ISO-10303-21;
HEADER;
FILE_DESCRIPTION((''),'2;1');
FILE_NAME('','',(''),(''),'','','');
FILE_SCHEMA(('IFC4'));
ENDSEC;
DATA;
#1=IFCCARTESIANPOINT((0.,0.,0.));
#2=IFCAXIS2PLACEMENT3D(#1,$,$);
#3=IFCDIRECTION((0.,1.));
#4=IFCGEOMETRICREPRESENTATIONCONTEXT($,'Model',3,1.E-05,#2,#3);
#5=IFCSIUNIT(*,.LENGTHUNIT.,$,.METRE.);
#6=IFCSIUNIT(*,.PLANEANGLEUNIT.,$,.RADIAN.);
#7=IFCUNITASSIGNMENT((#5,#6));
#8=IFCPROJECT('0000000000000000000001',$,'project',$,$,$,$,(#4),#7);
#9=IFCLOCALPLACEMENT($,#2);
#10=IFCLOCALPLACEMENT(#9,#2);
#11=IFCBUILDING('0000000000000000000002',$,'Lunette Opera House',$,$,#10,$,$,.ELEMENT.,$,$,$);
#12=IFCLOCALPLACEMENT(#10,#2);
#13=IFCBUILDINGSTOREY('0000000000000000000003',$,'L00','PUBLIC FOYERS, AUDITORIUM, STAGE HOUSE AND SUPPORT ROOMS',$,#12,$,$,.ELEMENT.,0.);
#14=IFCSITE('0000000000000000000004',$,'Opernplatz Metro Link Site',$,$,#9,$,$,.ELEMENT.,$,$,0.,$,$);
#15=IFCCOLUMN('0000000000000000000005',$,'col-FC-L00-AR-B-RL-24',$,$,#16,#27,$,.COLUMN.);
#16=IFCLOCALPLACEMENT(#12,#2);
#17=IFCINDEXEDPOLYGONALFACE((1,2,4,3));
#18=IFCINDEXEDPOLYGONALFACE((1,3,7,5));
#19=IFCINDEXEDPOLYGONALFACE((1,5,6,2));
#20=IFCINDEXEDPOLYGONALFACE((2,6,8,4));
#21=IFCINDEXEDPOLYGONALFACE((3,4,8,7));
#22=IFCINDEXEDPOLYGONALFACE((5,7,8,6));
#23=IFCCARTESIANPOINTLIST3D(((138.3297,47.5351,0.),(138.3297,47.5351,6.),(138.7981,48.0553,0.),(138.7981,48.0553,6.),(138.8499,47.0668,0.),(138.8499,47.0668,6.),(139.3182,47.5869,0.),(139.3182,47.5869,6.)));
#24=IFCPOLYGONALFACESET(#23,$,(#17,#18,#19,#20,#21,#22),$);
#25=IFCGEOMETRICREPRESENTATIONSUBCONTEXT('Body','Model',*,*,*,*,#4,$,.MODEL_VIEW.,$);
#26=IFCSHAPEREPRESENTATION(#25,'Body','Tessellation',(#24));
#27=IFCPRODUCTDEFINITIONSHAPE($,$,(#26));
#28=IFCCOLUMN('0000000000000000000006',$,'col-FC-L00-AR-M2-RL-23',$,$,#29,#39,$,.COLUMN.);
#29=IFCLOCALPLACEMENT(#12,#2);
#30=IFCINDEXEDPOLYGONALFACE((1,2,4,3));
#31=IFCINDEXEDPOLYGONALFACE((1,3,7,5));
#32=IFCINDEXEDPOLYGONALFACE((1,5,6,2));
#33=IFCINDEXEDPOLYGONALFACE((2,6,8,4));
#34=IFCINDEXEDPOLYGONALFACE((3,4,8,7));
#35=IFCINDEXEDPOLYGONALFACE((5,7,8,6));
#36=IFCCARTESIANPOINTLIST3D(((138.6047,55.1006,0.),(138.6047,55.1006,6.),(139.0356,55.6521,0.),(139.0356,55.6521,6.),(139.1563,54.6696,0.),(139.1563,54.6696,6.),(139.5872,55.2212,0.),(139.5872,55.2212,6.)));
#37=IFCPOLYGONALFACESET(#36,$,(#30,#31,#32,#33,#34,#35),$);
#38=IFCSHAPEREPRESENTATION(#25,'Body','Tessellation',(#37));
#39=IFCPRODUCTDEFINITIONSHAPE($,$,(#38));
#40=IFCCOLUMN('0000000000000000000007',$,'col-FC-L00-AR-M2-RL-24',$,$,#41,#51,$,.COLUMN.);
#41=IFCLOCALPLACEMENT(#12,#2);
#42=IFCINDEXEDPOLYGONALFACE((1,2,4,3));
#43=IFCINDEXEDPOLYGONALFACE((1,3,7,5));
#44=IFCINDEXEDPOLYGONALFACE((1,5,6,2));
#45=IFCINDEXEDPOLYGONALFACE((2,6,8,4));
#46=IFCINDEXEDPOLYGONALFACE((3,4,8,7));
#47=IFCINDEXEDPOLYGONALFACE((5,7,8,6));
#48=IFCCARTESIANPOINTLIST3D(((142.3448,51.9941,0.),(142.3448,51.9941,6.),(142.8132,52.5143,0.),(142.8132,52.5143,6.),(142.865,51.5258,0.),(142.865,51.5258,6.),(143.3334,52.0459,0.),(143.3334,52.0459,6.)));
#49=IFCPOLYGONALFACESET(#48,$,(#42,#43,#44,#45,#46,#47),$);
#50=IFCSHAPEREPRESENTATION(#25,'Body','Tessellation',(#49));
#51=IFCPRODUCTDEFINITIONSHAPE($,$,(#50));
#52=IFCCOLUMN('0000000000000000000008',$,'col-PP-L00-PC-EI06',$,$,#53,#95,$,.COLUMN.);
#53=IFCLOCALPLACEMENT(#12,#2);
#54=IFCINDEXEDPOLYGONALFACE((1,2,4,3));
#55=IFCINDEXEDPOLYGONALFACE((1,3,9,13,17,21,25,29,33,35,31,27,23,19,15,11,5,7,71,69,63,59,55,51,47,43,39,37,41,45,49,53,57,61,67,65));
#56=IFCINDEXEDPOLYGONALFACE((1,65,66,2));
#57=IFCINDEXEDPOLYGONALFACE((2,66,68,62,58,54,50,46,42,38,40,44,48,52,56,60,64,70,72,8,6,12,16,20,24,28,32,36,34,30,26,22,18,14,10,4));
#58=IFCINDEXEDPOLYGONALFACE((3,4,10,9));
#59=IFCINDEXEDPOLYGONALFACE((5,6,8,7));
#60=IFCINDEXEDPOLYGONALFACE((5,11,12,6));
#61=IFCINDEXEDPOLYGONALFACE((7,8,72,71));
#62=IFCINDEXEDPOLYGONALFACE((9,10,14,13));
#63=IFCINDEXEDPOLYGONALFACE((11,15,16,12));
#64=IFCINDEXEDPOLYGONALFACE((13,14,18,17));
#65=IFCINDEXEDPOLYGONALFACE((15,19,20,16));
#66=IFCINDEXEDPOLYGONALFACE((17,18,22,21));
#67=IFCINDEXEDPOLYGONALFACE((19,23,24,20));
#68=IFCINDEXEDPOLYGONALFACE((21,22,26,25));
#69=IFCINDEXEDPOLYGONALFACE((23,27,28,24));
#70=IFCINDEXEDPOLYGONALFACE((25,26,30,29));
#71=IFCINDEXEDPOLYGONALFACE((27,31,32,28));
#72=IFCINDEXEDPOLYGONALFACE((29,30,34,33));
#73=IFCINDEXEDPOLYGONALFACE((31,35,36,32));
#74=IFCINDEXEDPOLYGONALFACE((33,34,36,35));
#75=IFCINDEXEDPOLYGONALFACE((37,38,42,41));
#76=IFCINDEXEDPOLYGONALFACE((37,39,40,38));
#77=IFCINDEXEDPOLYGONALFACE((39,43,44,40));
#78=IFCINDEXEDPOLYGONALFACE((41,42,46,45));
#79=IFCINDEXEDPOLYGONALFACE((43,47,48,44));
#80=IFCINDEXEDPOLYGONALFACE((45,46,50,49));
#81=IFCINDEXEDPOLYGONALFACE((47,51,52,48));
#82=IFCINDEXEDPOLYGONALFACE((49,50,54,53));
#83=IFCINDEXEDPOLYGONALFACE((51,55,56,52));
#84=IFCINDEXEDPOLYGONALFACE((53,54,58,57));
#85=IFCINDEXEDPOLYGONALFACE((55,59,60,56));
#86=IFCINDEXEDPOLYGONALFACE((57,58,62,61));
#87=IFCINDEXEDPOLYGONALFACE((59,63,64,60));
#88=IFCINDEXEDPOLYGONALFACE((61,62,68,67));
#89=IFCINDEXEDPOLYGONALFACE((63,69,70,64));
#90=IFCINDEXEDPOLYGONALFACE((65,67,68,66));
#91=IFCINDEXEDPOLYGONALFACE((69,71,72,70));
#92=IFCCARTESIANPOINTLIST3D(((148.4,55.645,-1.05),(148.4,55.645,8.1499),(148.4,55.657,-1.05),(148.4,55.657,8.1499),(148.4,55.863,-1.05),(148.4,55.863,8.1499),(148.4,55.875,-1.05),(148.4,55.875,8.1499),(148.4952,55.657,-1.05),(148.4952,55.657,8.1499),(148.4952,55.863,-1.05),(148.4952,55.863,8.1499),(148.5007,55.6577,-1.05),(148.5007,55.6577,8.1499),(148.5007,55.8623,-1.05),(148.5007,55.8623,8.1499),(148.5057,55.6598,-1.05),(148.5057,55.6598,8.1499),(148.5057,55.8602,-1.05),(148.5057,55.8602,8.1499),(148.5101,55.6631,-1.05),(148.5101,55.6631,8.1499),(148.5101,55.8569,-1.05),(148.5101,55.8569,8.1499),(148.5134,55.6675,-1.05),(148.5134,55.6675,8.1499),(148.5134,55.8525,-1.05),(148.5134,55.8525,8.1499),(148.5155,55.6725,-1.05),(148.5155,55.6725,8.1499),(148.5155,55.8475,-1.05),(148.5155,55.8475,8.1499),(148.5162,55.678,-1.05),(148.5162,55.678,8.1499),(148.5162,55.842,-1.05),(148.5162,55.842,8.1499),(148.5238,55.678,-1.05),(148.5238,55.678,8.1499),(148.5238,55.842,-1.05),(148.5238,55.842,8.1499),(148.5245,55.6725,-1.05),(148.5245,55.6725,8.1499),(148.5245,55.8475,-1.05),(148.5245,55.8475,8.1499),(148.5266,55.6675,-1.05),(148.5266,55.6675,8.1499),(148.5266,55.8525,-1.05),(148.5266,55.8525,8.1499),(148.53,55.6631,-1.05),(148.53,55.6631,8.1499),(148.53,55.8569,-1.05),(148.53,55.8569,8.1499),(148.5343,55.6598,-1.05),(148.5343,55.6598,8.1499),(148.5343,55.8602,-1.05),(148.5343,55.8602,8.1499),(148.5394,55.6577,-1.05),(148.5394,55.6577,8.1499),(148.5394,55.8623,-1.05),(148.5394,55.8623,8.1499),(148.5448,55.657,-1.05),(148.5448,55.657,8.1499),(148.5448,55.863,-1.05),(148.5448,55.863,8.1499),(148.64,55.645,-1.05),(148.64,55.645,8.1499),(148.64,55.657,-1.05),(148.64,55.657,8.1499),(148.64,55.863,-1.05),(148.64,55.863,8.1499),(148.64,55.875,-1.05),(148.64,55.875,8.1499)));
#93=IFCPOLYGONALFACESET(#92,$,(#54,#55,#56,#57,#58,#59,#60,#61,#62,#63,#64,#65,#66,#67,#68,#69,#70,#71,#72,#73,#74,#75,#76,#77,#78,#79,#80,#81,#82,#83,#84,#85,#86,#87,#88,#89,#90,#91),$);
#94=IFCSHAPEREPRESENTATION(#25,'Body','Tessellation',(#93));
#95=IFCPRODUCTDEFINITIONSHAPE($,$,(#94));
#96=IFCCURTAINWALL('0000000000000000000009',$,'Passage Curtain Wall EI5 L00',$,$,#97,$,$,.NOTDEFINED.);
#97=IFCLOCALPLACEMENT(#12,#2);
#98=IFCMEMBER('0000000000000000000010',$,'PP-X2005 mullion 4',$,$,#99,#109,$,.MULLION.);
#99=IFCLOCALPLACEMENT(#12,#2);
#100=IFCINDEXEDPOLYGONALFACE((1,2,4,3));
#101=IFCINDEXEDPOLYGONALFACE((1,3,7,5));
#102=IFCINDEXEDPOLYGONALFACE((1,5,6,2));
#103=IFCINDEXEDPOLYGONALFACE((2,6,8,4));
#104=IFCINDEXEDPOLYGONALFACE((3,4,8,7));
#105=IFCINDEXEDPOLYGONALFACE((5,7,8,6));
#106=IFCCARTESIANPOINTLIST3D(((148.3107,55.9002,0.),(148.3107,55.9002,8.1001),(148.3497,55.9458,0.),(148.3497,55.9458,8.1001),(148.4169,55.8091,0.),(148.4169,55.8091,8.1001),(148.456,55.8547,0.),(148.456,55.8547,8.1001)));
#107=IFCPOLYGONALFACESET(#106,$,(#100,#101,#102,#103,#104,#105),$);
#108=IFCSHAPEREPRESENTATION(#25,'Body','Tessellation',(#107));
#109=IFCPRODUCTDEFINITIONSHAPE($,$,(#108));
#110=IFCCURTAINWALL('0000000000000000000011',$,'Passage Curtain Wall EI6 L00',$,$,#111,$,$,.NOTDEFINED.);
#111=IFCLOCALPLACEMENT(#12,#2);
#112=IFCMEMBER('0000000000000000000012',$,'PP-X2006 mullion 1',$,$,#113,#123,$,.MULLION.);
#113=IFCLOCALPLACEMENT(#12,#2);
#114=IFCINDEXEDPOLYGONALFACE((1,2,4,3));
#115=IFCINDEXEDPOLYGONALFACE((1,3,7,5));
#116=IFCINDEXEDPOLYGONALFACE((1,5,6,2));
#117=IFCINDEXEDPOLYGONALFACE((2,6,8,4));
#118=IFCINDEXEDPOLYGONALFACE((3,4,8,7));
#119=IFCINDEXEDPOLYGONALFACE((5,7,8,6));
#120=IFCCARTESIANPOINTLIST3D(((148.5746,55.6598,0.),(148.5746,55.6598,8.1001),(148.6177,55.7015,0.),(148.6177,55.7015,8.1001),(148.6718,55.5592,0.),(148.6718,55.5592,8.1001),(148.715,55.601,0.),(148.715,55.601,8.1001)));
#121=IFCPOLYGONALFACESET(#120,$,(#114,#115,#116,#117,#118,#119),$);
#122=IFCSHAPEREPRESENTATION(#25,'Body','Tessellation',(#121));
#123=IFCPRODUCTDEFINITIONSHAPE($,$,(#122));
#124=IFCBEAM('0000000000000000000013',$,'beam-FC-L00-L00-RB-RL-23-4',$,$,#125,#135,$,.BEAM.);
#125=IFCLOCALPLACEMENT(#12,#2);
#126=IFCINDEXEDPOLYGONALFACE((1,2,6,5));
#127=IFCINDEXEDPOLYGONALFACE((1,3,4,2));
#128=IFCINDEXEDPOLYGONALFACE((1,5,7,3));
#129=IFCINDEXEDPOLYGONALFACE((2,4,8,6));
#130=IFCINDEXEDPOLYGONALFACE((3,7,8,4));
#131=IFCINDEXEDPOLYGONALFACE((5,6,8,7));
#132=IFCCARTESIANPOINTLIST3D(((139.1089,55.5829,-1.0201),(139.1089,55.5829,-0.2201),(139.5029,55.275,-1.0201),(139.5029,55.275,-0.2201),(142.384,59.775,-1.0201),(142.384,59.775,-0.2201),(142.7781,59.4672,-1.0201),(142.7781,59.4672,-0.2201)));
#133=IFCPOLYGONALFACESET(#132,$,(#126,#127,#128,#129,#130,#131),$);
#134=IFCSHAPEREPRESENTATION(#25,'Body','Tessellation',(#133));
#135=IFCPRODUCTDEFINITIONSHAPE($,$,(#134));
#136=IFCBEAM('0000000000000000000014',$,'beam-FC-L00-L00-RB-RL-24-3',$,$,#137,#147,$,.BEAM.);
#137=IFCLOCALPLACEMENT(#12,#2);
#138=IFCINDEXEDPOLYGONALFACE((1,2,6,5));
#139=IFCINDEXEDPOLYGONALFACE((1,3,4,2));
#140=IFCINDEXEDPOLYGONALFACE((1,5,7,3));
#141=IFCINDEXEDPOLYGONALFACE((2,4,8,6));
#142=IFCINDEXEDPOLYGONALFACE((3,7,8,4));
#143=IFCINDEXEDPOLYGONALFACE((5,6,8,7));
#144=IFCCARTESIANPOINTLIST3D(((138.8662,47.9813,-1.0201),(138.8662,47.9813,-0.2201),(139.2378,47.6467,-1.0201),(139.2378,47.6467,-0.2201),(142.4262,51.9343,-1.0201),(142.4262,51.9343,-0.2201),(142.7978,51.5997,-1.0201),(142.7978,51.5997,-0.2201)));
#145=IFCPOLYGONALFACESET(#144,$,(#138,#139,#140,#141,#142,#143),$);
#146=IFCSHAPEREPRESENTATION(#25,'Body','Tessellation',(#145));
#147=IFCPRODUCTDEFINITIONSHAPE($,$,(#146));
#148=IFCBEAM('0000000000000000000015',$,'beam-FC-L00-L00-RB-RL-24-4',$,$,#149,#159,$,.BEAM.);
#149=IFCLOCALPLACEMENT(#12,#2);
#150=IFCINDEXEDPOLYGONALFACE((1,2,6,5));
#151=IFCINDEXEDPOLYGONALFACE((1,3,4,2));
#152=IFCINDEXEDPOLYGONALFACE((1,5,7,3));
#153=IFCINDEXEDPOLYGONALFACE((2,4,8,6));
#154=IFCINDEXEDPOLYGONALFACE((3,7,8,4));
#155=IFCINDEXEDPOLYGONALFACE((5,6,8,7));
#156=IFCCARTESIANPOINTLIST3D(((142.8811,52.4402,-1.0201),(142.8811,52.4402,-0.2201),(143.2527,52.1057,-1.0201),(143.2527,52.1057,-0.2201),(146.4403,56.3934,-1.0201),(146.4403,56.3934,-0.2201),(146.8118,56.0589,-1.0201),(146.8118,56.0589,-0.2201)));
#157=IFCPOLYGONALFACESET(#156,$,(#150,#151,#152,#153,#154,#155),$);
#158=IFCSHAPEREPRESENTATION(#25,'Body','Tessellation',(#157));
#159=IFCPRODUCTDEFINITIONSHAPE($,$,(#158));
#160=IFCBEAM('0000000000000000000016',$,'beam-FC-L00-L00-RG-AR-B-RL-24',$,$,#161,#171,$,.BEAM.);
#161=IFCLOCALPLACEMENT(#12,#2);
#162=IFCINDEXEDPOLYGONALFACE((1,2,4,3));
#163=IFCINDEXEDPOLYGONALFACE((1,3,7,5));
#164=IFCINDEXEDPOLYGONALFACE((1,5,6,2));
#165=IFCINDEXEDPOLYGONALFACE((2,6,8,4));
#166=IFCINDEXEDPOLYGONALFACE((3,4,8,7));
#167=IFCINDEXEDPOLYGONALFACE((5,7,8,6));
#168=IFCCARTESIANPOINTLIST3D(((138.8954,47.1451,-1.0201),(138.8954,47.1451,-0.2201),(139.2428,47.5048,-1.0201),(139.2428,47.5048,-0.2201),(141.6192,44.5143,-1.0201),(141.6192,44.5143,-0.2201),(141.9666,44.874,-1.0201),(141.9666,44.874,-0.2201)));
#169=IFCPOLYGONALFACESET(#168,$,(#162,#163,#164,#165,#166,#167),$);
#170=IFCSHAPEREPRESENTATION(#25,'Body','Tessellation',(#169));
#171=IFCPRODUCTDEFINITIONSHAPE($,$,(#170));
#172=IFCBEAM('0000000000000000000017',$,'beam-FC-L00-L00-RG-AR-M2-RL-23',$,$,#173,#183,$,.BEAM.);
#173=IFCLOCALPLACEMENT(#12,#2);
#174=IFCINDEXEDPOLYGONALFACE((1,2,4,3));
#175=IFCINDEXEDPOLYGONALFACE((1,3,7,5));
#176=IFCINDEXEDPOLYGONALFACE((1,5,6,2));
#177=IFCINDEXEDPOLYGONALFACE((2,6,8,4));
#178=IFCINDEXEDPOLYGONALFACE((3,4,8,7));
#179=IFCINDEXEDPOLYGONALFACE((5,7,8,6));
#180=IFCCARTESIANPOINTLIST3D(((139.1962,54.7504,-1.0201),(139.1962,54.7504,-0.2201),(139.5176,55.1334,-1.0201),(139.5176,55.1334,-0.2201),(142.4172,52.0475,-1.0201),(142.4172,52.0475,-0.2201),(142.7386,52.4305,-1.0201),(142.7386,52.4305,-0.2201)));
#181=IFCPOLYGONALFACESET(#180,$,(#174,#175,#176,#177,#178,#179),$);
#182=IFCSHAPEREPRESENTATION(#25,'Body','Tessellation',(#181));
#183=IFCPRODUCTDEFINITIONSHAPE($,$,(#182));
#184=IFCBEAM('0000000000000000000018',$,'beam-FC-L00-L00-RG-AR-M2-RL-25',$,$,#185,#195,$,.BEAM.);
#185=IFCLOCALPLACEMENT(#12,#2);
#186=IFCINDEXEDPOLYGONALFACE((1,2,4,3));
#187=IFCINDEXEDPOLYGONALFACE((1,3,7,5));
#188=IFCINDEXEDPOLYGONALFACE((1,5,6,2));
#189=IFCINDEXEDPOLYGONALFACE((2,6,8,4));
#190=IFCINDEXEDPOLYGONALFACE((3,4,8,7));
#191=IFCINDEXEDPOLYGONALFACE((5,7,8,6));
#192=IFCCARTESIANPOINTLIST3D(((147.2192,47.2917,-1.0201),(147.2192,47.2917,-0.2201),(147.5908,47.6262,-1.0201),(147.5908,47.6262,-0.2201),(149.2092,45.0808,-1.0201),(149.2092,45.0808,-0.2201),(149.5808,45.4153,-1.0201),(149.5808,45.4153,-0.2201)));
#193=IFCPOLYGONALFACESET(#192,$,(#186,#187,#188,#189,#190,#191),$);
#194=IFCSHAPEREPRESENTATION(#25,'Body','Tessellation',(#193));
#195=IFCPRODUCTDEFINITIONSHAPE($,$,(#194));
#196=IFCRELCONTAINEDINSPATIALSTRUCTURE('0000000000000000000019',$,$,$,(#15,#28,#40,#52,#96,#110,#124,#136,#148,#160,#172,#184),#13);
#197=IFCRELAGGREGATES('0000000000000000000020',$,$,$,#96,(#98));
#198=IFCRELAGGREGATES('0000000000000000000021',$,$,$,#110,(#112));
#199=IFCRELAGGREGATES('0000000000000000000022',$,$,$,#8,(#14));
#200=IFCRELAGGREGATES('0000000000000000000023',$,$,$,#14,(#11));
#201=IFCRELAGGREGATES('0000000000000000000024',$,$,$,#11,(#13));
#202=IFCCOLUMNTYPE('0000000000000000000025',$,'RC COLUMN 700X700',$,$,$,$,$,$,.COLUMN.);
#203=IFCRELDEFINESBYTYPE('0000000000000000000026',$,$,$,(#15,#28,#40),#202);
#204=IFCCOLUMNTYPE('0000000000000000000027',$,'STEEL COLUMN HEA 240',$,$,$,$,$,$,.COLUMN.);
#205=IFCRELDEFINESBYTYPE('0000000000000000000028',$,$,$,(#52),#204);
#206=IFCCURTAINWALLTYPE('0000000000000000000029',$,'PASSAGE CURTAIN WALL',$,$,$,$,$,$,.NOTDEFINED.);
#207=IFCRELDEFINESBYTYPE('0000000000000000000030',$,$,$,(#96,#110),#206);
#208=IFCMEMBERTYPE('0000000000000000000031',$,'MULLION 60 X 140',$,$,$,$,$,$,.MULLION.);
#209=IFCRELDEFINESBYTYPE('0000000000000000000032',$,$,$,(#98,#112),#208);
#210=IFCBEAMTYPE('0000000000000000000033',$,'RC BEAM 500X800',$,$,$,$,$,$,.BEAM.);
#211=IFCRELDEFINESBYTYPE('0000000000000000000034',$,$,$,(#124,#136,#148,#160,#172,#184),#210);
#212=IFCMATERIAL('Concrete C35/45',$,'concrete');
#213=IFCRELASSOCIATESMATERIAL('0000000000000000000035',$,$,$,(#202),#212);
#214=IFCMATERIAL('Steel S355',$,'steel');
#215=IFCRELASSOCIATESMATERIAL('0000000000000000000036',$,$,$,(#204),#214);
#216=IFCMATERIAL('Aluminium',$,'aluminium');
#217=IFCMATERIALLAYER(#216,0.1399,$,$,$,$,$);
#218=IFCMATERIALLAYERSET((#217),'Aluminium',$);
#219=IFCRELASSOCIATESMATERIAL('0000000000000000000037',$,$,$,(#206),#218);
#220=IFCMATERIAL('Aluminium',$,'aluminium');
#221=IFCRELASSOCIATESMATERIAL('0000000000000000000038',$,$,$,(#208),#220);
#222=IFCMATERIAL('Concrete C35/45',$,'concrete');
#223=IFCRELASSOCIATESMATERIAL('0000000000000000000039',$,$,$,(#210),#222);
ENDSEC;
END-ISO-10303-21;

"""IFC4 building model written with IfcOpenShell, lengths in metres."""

from ifc_helpers import new_model, si_unit, direction, frame, origin, origin_2d, place, context, subcontext, project, spatial, rectangle, i_section, extrude, material, layer, layer_set, material_profile, profile_set, type_object, element, aggregate, save


model = new_model("IFC4")

# Units and contexts
model_context = context("Model", 3, precision=1e-05, world=origin(), true_north=direction((0.0, 1.0)))
body_context = subcontext(model_context, "Body", "Model", "MODEL_VIEW")
ifc_project = project(units=[si_unit("LENGTHUNIT", "METRE"), si_unit("PLANEANGLEUNIT", "RADIAN")], contexts=[model_context])

# Site, building, storey
site_placement = place(None, origin())
site = spatial("IfcSite", under=ifc_project, at=site_placement, Name="Opernplatz Metro Link Site", CompositionType="ELEMENT", RefElevation=0.0)
building_placement = place(site_placement, origin())
building = spatial("IfcBuilding", under=site, at=building_placement, Name="Lunette Opera House", CompositionType="ELEMENT")
storey_placement = place(building_placement, origin())
storey = spatial("IfcBuildingStorey", under=building, at=storey_placement, Name="L00", Description="PUBLIC FOYERS, AUDITORIUM, STAGE HOUSE AND SUPPORT ROOMS", CompositionType="ELEMENT", Elevation=0.0)

# Columns
ifc_material_1 = material(Name="Concrete C35/45", Category="concrete")
ifc_material_profile_1 = material_profile(ifc_material_1, rectangle(XDim=0.7, YDim=0.7, at=origin_2d()), Name="RC COLUMN 700X700")
ifc_profile_set_1 = profile_set([ifc_material_profile_1], Name="Concrete C35/45")
column_type_1 = type_object("IfcColumnType", Name="RC COLUMN 700X700", PredefinedType="COLUMN", material=ifc_profile_set_1)
for number, where, z_axis, x_axis, name in (
    (1, (138.824, 47.561, 0.0), (0.0, 0.0, 1.0), (0.743145, -0.669131, 0.0), "col-FC-L00-AR-B-RL-24"),
    (2, (139.0959, 55.1609, 0.0), (0.0, 0.0, 1.0), (0.788011, -0.615661, 0.0), "col-FC-L00-AR-M2-RL-23"),
    (3, (142.8391, 52.02, 0.0), (0.0, 0.0, 1.0), (0.743145, -0.669131, 0.0), "col-FC-L00-AR-M2-RL-24"),
):
    element("IfcColumn", number, at=place(storey_placement, frame(where, z_axis=z_axis, x_axis=x_axis)), inside=storey, type_object=column_type_1, Name=name, PredefinedType="COLUMN", context=body_context, shape_type="SweptSolid", body=[
        extrude(rectangle(XDim=0.7, YDim=0.7, at=origin_2d()), origin(), (0.0, 0.0, 1.0), 6.0),
    ])
ifc_material_2 = material(Name="Steel S355", Category="steel")
ifc_material_profile_2 = material_profile(ifc_material_2, i_section(OverallWidth=0.24, OverallDepth=0.23, WebThickness=0.0076, FlangeThickness=0.012, FilletRadius=0.021, at=origin_2d()), Name="HEA 240")
ifc_profile_set_2 = profile_set([ifc_material_profile_2], Name="Steel S355")
column_type_2 = type_object("IfcColumnType", Name="STEEL COLUMN HEA 240", PredefinedType="COLUMN", material=ifc_profile_set_2)
column_placement = place(storey_placement, frame((148.52, 55.76, -1.05), z_axis=(0.0, 0.0, 1.0), x_axis=(1.0, 0.0, 0.0)))
element("IfcColumn", 4, at=column_placement, inside=storey, type_object=column_type_2, Name="col-PP-L00-PC-EI06", PredefinedType="COLUMN", context=body_context, shape_type="SweptSolid", body=[
    extrude(i_section(OverallWidth=0.24, OverallDepth=0.23, WebThickness=0.0076, FlangeThickness=0.012, FilletRadius=0.021, at=origin_2d()), origin(), (0.0, 0.0, 1.0), 9.2),
])

# Curtain walls, members
ifc_material_3 = material(Name="Aluminium", Category="aluminium")
ifc_layer_1 = layer(ifc_material_3, 0.1399)
ifc_layer_set_1 = layer_set([ifc_layer_1], Name="Aluminium")
curtain_wall_type = type_object("IfcCurtainWallType", Name="PASSAGE CURTAIN WALL", PredefinedType="NOTDEFINED", material=ifc_layer_set_1)
curtain_wall_1_placement = place(storey_placement, origin())
curtain_wall_1 = element("IfcCurtainWall", 5, at=curtain_wall_1_placement, inside=storey, type_object=curtain_wall_type, Name="Passage Curtain Wall EI5 L00", PredefinedType="NOTDEFINED")
ifc_material_4 = material(Name="Aluminium", Category="aluminium")
ifc_material_profile_3 = material_profile(ifc_material_4, rectangle(XDim=0.0601, YDim=0.1399, at=origin_2d()), Name="MULLION 60 X 140")
ifc_profile_set_3 = profile_set([ifc_material_profile_3], Name="Aluminium")
member_type_1 = type_object("IfcMemberType", Name="MULLION 60 X 140", PredefinedType="MULLION", material=ifc_profile_set_3)
member_1_placement = place(storey_placement, frame((148.3833, 55.8774, 0.0), z_axis=(0.0, 0.0, 1.0), x_axis=(0.650791, 0.759257, 0.0)))
member_1 = element("IfcMember", 6, at=member_1_placement, type_object=member_type_1, Name="PP-X2005 mullion 4", PredefinedType="MULLION", context=body_context, shape_type="SweptSolid", body=[
    extrude(rectangle(XDim=0.0601, YDim=0.1399, at=origin_2d()), origin(), (0.0, 0.0, 1.0), 8.1001),
])
aggregate(curtain_wall_1, [member_1])
curtain_wall_2_placement = place(storey_placement, origin())
curtain_wall_2 = element("IfcCurtainWall", 7, at=curtain_wall_2_placement, inside=storey, type_object=curtain_wall_type, Name="Passage Curtain Wall EI6 L00", PredefinedType="NOTDEFINED")
member_2_placement = place(storey_placement, frame((148.6448, 55.6304, 0.0), z_axis=(0.0, 0.0, 1.0), x_axis=(0.718889, 0.695125, 0.0)))
member_2 = element("IfcMember", 8, at=member_2_placement, type_object=member_type_1, Name="PP-X2006 mullion 1", PredefinedType="MULLION", context=body_context, shape_type="SweptSolid", body=[
    extrude(rectangle(XDim=0.0601, YDim=0.1399, at=origin_2d()), origin(), (0.0, 0.0, 1.0), 8.1001),
])

# Beams
ifc_material_5 = material(Name="Concrete C35/45", Category="concrete")
ifc_material_profile_4 = material_profile(ifc_material_5, rectangle(XDim=0.5, YDim=0.8, at=origin_2d()), Name="RC BEAM 500X800")
ifc_profile_set_4 = profile_set([ifc_material_profile_4], Name="Concrete C35/45")
beam_type_1 = type_object("IfcBeamType", Name="RC BEAM 500X800", PredefinedType="BEAM", material=ifc_profile_set_4)
for number, where, z_axis, x_axis, name in (
    (9, (139.3059, 55.429, -0.6201), (0.615648, 0.788021, 0.0), (-0.788021, 0.615648, 0.0), "beam-FC-L00-L00-RB-RL-23-4"),
    (10, (139.052, 47.814, -0.6201), (0.669198, 0.743084, 0.0), (-0.743084, 0.669198, 0.0), "beam-FC-L00-L00-RB-RL-24-3"),
):
    element("IfcBeam", number, at=place(storey_placement, frame(where, z_axis=z_axis, x_axis=x_axis)), inside=storey, type_object=beam_type_1, Name=name, PredefinedType="BEAM", context=body_context, shape_type="SweptSolid", body=[
        extrude(rectangle(XDim=0.5, YDim=0.8, at=origin_2d()), origin(), (0.0, 0.0, 1.0), 5.3198),
    ])
beam_1_placement = place(storey_placement, frame((143.0669, 52.2729, -0.6201), z_axis=(0.669097, 0.743175, 0.0), x_axis=(-0.743175, 0.669097, 0.0)))
element("IfcBeam", 11, at=beam_1_placement, inside=storey, type_object=beam_type_1, Name="beam-FC-L00-L00-RB-RL-24-4", PredefinedType="BEAM", context=body_context, shape_type="SweptSolid", body=[
    extrude(rectangle(XDim=0.5, YDim=0.8, at=origin_2d()), origin(), (0.0, 0.0, 1.0), 5.3193),
])
beam_2_placement = place(storey_placement, frame((139.0691, 47.325, -0.6201), z_axis=(0.719281, -0.694719, 0.0), x_axis=(0.694719, 0.719281, 0.0)))
element("IfcBeam", 12, at=beam_2_placement, inside=storey, type_object=beam_type_1, Name="beam-FC-L00-L00-RG-AR-B-RL-24", PredefinedType="BEAM", context=body_context, shape_type="SweptSolid", body=[
    extrude(rectangle(XDim=0.5, YDim=0.8, at=origin_2d()), origin(), (0.0, 0.0, 1.0), 3.7869),
])
beam_3_placement = place(storey_placement, frame((139.3569, 54.9419, -0.6201), z_axis=(0.766023, -0.642813, 0.0), x_axis=(0.642813, 0.766023, 0.0)))
element("IfcBeam", 13, at=beam_3_placement, inside=storey, type_object=beam_type_1, Name="beam-FC-L00-L00-RG-AR-M2-RL-23", PredefinedType="BEAM", context=body_context, shape_type="SweptSolid", body=[
    extrude(rectangle(XDim=0.5, YDim=0.8, at=origin_2d()), origin(), (0.0, 0.0, 1.0), 4.2048),
])
beam_4_placement = place(storey_placement, frame((147.405, 47.459, -0.6201), z_axis=(0.668992, -0.74327, 0.0), x_axis=(0.74327, 0.668992, 0.0)))
element("IfcBeam", 14, at=beam_4_placement, inside=storey, type_object=beam_type_1, Name="beam-FC-L00-L00-RG-AR-M2-RL-25", PredefinedType="BEAM", context=body_context, shape_type="SweptSolid", body=[
    extrude(rectangle(XDim=0.5, YDim=0.8, at=origin_2d()), origin(), (0.0, 0.0, 1.0), 2.9746),
])

aggregate(curtain_wall_2, [member_2])

save(model, "model.ifc")
